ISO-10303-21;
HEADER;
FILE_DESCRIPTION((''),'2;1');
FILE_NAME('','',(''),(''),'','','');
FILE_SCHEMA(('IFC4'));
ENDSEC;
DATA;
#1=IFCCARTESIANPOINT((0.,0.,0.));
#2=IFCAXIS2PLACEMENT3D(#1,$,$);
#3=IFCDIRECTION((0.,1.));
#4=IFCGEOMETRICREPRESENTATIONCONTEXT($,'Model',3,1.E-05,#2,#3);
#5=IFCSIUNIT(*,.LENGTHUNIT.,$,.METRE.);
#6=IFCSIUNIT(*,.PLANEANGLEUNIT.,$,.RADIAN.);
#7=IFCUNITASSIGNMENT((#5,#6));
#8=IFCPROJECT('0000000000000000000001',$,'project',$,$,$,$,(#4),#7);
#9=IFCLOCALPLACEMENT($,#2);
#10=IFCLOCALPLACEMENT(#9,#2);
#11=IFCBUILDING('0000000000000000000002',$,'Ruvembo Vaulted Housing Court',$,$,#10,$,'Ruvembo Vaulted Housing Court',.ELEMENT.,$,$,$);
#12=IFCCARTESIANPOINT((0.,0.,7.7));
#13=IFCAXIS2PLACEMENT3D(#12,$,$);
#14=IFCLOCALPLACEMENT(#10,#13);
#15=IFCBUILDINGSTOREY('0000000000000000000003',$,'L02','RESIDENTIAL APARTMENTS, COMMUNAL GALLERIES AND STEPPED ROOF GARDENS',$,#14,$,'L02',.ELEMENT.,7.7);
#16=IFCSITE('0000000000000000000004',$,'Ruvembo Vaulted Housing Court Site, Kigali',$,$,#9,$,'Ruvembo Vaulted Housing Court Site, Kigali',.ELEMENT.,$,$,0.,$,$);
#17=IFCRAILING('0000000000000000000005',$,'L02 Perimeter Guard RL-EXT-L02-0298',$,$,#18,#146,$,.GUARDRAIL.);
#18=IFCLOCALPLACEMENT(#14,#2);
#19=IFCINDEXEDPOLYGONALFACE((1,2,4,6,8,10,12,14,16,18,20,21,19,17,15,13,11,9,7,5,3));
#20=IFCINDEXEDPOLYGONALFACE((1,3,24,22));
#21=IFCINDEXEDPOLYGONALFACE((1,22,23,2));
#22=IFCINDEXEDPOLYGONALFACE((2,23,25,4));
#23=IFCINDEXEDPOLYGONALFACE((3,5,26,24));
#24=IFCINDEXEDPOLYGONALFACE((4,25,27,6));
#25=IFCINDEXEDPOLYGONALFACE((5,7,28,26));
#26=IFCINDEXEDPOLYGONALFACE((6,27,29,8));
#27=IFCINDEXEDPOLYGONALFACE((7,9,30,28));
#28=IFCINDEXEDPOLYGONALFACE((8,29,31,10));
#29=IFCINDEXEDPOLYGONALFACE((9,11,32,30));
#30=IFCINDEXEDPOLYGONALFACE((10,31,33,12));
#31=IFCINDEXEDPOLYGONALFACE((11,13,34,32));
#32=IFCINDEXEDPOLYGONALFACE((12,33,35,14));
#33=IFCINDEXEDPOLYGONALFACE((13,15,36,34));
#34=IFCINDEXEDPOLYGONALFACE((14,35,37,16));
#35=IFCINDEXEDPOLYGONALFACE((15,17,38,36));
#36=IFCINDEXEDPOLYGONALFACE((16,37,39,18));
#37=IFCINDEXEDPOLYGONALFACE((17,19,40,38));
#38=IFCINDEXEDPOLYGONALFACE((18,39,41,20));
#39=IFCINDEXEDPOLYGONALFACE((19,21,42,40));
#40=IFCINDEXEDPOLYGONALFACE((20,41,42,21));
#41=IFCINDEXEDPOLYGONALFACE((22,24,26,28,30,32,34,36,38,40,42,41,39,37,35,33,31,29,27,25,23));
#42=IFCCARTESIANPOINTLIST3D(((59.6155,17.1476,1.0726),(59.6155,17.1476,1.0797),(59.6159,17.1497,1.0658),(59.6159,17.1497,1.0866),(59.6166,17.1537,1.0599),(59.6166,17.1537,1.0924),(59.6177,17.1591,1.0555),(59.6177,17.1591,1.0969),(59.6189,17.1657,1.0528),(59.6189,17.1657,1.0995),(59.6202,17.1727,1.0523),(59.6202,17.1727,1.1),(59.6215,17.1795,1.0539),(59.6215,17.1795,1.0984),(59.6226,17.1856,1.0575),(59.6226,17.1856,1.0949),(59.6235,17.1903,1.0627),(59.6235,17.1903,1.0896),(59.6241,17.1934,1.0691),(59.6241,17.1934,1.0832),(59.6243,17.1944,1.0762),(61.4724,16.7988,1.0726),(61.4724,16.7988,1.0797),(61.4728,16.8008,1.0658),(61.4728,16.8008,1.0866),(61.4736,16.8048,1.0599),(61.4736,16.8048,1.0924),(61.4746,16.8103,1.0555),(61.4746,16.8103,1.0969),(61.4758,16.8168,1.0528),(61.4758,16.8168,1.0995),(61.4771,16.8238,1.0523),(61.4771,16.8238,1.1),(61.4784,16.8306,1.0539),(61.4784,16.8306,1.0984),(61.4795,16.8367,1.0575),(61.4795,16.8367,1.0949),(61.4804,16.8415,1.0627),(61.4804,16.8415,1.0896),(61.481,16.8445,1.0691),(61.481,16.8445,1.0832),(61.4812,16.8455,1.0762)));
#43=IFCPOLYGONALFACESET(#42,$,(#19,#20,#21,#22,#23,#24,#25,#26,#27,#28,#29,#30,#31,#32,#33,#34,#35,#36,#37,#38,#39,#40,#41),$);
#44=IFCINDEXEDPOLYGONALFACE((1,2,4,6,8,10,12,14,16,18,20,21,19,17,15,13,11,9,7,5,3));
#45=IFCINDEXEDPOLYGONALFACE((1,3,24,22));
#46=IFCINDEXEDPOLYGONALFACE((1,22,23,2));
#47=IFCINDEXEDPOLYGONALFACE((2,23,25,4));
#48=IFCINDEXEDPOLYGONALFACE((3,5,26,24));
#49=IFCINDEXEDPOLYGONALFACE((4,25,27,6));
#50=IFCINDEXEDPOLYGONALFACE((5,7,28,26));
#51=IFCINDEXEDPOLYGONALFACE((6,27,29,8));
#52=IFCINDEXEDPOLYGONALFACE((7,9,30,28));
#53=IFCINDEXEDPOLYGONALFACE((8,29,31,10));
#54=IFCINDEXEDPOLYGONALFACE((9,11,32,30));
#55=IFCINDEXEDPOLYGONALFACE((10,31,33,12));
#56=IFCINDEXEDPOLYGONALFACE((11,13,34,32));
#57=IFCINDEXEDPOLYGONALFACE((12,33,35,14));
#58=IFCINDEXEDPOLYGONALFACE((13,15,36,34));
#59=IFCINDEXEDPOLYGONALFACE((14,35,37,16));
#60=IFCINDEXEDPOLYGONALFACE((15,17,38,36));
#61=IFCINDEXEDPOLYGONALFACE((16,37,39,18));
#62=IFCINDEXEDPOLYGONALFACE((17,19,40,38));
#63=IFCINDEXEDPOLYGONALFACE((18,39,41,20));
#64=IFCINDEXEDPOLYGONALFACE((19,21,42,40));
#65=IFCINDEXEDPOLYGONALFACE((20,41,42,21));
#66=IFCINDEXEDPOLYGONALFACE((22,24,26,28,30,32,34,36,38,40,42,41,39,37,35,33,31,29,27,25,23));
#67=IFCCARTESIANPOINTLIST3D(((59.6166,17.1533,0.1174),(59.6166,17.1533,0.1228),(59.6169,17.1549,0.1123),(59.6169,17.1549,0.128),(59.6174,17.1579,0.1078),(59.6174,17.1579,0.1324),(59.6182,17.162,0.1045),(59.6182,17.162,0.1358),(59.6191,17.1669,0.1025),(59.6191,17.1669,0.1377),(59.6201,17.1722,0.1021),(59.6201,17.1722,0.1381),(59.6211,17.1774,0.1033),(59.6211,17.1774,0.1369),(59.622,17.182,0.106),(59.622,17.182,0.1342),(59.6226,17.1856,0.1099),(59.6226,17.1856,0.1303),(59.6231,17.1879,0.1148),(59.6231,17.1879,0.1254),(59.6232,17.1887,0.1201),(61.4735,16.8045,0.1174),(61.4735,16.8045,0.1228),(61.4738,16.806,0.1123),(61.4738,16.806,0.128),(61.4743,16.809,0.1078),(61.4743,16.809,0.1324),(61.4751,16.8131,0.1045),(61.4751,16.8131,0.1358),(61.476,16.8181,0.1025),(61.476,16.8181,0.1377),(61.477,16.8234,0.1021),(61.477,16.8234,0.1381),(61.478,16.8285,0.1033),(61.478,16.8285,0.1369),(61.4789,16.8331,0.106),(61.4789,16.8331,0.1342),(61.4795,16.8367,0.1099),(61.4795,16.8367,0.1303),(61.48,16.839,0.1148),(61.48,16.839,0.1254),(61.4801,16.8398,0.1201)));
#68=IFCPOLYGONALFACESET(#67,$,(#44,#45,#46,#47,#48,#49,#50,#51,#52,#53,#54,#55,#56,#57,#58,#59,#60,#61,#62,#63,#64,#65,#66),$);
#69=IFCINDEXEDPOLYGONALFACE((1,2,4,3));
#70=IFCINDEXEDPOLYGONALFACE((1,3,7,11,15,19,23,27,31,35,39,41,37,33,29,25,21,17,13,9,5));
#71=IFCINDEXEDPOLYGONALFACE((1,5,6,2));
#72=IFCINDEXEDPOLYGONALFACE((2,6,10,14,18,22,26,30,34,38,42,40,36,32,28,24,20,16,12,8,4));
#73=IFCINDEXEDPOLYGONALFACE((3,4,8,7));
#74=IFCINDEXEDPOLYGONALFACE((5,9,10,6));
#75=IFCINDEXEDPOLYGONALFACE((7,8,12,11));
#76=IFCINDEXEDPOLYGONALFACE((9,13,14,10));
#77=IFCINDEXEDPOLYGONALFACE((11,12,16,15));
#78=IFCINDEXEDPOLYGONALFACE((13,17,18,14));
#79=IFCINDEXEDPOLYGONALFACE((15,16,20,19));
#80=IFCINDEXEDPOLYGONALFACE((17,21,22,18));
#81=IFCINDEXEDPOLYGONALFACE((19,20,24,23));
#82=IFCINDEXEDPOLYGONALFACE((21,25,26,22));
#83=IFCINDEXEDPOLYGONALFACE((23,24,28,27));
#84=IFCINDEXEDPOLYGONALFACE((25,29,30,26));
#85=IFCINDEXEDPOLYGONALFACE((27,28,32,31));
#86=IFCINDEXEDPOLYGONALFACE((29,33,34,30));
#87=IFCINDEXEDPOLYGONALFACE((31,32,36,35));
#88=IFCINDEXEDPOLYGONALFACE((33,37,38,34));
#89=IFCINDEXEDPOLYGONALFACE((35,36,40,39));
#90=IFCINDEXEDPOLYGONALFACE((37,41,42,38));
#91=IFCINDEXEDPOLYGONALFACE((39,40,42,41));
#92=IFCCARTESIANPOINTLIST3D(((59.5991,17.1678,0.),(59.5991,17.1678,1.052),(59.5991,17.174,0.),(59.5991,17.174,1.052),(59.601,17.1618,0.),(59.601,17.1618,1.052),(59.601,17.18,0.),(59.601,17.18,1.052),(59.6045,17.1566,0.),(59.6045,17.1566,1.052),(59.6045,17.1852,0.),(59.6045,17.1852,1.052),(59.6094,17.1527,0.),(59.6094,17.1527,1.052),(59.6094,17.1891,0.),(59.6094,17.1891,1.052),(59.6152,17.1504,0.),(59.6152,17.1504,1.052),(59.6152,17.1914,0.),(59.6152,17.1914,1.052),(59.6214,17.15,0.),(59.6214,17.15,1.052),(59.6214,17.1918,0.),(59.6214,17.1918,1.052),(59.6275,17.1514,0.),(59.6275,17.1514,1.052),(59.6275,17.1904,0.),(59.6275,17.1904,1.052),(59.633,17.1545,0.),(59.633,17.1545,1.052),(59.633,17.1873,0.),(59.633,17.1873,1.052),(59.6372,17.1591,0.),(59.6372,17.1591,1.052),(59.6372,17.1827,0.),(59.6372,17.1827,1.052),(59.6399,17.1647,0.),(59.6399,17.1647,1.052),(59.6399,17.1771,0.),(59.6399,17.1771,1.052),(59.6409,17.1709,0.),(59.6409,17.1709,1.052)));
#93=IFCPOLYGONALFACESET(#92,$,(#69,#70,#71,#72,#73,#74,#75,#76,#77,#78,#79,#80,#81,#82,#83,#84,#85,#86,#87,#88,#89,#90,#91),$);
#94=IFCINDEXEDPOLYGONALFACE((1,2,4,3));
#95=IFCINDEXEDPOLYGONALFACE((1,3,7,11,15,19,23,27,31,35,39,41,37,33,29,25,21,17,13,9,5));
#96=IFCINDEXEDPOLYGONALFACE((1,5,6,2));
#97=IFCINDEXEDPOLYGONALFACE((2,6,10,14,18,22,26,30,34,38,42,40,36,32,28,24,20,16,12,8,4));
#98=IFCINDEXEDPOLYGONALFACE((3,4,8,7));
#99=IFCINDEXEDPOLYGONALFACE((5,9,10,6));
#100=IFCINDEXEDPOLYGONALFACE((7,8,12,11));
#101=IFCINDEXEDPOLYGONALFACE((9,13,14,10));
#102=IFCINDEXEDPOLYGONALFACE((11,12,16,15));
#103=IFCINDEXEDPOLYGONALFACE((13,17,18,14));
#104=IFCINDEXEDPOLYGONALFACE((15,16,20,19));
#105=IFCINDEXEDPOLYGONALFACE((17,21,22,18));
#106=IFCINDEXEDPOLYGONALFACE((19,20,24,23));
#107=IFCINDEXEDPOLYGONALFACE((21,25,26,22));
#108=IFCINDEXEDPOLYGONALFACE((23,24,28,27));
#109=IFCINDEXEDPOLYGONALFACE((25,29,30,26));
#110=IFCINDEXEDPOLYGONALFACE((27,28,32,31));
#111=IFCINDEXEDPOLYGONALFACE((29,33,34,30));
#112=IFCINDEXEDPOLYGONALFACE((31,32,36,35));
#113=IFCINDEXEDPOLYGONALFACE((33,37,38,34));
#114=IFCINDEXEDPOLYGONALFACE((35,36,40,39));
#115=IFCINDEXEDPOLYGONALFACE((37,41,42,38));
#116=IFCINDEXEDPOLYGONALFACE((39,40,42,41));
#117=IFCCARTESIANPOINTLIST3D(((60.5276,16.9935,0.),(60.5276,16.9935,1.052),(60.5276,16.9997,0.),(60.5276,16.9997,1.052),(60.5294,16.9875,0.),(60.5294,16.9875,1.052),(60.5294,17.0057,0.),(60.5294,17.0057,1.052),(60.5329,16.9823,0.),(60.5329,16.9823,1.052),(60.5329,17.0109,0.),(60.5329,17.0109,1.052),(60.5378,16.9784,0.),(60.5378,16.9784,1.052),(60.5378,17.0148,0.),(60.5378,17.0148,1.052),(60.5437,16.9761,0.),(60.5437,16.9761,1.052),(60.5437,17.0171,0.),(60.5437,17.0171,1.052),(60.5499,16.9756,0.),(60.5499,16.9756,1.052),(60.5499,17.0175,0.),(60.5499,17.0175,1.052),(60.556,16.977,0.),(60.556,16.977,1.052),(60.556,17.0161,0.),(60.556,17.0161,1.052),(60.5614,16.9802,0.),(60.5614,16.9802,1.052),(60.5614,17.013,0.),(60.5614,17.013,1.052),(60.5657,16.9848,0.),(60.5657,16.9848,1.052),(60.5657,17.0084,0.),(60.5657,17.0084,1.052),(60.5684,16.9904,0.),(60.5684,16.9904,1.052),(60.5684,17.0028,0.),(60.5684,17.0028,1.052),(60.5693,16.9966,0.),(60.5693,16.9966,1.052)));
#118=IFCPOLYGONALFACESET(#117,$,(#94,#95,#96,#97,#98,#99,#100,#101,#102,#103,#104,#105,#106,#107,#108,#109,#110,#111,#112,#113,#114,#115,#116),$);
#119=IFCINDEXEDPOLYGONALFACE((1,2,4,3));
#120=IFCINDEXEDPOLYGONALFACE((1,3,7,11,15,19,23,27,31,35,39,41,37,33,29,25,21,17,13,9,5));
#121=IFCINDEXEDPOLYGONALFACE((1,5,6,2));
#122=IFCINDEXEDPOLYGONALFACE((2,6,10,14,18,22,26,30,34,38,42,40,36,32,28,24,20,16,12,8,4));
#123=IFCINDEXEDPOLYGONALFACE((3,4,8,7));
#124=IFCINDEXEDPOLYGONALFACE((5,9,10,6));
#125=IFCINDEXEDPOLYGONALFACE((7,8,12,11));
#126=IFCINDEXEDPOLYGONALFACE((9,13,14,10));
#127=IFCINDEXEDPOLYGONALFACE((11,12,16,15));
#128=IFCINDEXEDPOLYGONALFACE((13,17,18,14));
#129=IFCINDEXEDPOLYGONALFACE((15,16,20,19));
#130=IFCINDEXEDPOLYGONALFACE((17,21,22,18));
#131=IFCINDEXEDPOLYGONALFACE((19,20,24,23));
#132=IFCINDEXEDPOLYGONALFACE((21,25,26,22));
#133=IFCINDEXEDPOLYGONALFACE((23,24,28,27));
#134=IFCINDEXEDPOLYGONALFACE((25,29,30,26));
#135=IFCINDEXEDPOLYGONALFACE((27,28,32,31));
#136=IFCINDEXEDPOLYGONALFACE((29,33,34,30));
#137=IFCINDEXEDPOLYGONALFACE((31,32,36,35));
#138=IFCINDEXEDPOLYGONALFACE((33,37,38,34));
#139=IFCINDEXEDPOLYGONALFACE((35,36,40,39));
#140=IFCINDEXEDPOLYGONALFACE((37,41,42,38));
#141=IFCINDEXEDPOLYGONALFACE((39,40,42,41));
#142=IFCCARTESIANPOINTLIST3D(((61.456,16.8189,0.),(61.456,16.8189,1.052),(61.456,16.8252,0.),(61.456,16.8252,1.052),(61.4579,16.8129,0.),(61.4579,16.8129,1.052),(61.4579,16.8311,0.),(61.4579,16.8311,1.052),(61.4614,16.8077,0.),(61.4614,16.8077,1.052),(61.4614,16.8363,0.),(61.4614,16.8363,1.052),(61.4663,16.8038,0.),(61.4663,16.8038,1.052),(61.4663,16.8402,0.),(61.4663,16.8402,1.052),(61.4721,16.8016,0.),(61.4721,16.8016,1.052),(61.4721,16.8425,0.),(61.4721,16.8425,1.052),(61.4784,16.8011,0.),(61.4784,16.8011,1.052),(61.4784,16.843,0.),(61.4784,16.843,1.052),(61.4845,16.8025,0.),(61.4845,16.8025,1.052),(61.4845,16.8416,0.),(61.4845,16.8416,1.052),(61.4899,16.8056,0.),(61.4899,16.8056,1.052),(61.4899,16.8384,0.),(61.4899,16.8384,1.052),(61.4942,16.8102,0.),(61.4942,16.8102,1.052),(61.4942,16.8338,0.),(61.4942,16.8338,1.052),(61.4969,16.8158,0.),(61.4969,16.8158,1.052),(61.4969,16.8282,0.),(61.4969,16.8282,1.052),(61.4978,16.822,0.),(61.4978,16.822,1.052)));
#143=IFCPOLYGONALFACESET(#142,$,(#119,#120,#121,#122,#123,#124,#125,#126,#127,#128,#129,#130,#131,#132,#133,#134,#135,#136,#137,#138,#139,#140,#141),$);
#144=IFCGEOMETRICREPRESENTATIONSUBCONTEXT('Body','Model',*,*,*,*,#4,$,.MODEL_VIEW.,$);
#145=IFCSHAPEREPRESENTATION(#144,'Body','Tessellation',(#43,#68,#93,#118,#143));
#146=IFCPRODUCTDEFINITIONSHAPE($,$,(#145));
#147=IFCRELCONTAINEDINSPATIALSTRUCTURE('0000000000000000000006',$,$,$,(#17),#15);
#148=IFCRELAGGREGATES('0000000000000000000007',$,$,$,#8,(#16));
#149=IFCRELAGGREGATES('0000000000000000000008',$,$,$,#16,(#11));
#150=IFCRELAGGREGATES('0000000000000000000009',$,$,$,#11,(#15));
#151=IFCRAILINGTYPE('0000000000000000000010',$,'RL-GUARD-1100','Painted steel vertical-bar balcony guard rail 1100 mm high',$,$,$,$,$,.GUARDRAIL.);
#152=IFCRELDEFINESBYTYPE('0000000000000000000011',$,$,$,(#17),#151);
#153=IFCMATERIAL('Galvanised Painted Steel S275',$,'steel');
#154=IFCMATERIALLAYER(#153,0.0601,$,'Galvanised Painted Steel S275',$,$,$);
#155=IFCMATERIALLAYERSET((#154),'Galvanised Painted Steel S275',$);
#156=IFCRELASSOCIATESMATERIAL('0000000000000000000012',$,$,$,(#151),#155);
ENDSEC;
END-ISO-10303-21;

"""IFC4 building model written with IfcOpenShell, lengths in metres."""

from ifc_helpers import new_model, si_unit, direction, frame, origin, origin_2d, place, context, subcontext, project, spatial, circle, extrude, material, layer, layer_set, type_object, element, save


model = new_model("IFC4")

# Units and contexts
model_context = context("Model", 3, precision=1e-05, world=origin(), true_north=direction((0.0, 1.0)))
body_context = subcontext(model_context, "Body", "Model", "MODEL_VIEW")
ifc_project = project(units=[si_unit("LENGTHUNIT", "METRE"), si_unit("PLANEANGLEUNIT", "RADIAN")], contexts=[model_context])

# Site, building, storey
site_placement = place(None, origin())
site = spatial("IfcSite", under=ifc_project, at=site_placement, Name="Ruvembo Vaulted Housing Court Site, Kigali", LongName="Ruvembo Vaulted Housing Court Site, Kigali", CompositionType="ELEMENT", RefElevation=0.0)
building_placement = place(site_placement, origin())
building = spatial("IfcBuilding", under=site, at=building_placement, Name="Ruvembo Vaulted Housing Court", LongName="Ruvembo Vaulted Housing Court", CompositionType="ELEMENT")
storey_placement = place(building_placement, frame((0.0, 0.0, 7.7)))
storey = spatial("IfcBuildingStorey", under=building, at=storey_placement, Name="L02", Description="RESIDENTIAL APARTMENTS, COMMUNAL GALLERIES AND STEPPED ROOF GARDENS", LongName="L02", CompositionType="ELEMENT", Elevation=7.7)

# Railing
ifc_material_1 = material(Name="Galvanised Painted Steel S275", Category="steel")
ifc_layer = layer(ifc_material_1, 0.0601, Name="Galvanised Painted Steel S275")
ifc_layer_set = layer_set([ifc_layer], Name="Galvanised Painted Steel S275")
railing_type = type_object("IfcRailingType", Name="RL-GUARD-1100", Description="Painted steel vertical-bar balcony guard rail 1100 mm high", PredefinedType="GUARDRAIL", material=ifc_layer_set)
railing_1_placement = place(storey_placement, frame((59.6199, 17.1709, 0.0)))
element("IfcRailing", 1, at=railing_1_placement, inside=storey, type_object=railing_type, Name="L02 Perimeter Guard RL-EXT-L02-0298", PredefinedType="GUARDRAIL", context=body_context, shape_type="SweptSolid", body=[
    extrude(circle(Radius=0.0239, at=origin_2d()), frame((0.0, 0.0, 1.0762), z_axis=(0.982805, -0.184647, 0.0), x_axis=(0.184647, 0.982805, 0.0)), (0.0, 0.0, 1.0), 1.8894),
    extrude(circle(Radius=0.0181, at=origin_2d()), frame((0.0, 0.0, 0.1201), z_axis=(0.982805, -0.184647, 0.0), x_axis=(0.184647, 0.982805, 0.0)), (0.0, 0.0, 1.0), 1.8894),
    extrude(circle(Radius=0.021, at=origin_2d()), origin(), (0.0, 0.0, 1.0), 1.052),
    extrude(circle(Radius=0.021, at=origin_2d()), frame((0.9285, -0.1743, 0.0)), (0.0, 0.0, 1.0), 1.052),
    extrude(circle(Radius=0.021, at=origin_2d()), frame((1.8569, -0.3489, 0.0)), (0.0, 0.0, 1.0), 1.052),
])

save(model, "model.ifc")
